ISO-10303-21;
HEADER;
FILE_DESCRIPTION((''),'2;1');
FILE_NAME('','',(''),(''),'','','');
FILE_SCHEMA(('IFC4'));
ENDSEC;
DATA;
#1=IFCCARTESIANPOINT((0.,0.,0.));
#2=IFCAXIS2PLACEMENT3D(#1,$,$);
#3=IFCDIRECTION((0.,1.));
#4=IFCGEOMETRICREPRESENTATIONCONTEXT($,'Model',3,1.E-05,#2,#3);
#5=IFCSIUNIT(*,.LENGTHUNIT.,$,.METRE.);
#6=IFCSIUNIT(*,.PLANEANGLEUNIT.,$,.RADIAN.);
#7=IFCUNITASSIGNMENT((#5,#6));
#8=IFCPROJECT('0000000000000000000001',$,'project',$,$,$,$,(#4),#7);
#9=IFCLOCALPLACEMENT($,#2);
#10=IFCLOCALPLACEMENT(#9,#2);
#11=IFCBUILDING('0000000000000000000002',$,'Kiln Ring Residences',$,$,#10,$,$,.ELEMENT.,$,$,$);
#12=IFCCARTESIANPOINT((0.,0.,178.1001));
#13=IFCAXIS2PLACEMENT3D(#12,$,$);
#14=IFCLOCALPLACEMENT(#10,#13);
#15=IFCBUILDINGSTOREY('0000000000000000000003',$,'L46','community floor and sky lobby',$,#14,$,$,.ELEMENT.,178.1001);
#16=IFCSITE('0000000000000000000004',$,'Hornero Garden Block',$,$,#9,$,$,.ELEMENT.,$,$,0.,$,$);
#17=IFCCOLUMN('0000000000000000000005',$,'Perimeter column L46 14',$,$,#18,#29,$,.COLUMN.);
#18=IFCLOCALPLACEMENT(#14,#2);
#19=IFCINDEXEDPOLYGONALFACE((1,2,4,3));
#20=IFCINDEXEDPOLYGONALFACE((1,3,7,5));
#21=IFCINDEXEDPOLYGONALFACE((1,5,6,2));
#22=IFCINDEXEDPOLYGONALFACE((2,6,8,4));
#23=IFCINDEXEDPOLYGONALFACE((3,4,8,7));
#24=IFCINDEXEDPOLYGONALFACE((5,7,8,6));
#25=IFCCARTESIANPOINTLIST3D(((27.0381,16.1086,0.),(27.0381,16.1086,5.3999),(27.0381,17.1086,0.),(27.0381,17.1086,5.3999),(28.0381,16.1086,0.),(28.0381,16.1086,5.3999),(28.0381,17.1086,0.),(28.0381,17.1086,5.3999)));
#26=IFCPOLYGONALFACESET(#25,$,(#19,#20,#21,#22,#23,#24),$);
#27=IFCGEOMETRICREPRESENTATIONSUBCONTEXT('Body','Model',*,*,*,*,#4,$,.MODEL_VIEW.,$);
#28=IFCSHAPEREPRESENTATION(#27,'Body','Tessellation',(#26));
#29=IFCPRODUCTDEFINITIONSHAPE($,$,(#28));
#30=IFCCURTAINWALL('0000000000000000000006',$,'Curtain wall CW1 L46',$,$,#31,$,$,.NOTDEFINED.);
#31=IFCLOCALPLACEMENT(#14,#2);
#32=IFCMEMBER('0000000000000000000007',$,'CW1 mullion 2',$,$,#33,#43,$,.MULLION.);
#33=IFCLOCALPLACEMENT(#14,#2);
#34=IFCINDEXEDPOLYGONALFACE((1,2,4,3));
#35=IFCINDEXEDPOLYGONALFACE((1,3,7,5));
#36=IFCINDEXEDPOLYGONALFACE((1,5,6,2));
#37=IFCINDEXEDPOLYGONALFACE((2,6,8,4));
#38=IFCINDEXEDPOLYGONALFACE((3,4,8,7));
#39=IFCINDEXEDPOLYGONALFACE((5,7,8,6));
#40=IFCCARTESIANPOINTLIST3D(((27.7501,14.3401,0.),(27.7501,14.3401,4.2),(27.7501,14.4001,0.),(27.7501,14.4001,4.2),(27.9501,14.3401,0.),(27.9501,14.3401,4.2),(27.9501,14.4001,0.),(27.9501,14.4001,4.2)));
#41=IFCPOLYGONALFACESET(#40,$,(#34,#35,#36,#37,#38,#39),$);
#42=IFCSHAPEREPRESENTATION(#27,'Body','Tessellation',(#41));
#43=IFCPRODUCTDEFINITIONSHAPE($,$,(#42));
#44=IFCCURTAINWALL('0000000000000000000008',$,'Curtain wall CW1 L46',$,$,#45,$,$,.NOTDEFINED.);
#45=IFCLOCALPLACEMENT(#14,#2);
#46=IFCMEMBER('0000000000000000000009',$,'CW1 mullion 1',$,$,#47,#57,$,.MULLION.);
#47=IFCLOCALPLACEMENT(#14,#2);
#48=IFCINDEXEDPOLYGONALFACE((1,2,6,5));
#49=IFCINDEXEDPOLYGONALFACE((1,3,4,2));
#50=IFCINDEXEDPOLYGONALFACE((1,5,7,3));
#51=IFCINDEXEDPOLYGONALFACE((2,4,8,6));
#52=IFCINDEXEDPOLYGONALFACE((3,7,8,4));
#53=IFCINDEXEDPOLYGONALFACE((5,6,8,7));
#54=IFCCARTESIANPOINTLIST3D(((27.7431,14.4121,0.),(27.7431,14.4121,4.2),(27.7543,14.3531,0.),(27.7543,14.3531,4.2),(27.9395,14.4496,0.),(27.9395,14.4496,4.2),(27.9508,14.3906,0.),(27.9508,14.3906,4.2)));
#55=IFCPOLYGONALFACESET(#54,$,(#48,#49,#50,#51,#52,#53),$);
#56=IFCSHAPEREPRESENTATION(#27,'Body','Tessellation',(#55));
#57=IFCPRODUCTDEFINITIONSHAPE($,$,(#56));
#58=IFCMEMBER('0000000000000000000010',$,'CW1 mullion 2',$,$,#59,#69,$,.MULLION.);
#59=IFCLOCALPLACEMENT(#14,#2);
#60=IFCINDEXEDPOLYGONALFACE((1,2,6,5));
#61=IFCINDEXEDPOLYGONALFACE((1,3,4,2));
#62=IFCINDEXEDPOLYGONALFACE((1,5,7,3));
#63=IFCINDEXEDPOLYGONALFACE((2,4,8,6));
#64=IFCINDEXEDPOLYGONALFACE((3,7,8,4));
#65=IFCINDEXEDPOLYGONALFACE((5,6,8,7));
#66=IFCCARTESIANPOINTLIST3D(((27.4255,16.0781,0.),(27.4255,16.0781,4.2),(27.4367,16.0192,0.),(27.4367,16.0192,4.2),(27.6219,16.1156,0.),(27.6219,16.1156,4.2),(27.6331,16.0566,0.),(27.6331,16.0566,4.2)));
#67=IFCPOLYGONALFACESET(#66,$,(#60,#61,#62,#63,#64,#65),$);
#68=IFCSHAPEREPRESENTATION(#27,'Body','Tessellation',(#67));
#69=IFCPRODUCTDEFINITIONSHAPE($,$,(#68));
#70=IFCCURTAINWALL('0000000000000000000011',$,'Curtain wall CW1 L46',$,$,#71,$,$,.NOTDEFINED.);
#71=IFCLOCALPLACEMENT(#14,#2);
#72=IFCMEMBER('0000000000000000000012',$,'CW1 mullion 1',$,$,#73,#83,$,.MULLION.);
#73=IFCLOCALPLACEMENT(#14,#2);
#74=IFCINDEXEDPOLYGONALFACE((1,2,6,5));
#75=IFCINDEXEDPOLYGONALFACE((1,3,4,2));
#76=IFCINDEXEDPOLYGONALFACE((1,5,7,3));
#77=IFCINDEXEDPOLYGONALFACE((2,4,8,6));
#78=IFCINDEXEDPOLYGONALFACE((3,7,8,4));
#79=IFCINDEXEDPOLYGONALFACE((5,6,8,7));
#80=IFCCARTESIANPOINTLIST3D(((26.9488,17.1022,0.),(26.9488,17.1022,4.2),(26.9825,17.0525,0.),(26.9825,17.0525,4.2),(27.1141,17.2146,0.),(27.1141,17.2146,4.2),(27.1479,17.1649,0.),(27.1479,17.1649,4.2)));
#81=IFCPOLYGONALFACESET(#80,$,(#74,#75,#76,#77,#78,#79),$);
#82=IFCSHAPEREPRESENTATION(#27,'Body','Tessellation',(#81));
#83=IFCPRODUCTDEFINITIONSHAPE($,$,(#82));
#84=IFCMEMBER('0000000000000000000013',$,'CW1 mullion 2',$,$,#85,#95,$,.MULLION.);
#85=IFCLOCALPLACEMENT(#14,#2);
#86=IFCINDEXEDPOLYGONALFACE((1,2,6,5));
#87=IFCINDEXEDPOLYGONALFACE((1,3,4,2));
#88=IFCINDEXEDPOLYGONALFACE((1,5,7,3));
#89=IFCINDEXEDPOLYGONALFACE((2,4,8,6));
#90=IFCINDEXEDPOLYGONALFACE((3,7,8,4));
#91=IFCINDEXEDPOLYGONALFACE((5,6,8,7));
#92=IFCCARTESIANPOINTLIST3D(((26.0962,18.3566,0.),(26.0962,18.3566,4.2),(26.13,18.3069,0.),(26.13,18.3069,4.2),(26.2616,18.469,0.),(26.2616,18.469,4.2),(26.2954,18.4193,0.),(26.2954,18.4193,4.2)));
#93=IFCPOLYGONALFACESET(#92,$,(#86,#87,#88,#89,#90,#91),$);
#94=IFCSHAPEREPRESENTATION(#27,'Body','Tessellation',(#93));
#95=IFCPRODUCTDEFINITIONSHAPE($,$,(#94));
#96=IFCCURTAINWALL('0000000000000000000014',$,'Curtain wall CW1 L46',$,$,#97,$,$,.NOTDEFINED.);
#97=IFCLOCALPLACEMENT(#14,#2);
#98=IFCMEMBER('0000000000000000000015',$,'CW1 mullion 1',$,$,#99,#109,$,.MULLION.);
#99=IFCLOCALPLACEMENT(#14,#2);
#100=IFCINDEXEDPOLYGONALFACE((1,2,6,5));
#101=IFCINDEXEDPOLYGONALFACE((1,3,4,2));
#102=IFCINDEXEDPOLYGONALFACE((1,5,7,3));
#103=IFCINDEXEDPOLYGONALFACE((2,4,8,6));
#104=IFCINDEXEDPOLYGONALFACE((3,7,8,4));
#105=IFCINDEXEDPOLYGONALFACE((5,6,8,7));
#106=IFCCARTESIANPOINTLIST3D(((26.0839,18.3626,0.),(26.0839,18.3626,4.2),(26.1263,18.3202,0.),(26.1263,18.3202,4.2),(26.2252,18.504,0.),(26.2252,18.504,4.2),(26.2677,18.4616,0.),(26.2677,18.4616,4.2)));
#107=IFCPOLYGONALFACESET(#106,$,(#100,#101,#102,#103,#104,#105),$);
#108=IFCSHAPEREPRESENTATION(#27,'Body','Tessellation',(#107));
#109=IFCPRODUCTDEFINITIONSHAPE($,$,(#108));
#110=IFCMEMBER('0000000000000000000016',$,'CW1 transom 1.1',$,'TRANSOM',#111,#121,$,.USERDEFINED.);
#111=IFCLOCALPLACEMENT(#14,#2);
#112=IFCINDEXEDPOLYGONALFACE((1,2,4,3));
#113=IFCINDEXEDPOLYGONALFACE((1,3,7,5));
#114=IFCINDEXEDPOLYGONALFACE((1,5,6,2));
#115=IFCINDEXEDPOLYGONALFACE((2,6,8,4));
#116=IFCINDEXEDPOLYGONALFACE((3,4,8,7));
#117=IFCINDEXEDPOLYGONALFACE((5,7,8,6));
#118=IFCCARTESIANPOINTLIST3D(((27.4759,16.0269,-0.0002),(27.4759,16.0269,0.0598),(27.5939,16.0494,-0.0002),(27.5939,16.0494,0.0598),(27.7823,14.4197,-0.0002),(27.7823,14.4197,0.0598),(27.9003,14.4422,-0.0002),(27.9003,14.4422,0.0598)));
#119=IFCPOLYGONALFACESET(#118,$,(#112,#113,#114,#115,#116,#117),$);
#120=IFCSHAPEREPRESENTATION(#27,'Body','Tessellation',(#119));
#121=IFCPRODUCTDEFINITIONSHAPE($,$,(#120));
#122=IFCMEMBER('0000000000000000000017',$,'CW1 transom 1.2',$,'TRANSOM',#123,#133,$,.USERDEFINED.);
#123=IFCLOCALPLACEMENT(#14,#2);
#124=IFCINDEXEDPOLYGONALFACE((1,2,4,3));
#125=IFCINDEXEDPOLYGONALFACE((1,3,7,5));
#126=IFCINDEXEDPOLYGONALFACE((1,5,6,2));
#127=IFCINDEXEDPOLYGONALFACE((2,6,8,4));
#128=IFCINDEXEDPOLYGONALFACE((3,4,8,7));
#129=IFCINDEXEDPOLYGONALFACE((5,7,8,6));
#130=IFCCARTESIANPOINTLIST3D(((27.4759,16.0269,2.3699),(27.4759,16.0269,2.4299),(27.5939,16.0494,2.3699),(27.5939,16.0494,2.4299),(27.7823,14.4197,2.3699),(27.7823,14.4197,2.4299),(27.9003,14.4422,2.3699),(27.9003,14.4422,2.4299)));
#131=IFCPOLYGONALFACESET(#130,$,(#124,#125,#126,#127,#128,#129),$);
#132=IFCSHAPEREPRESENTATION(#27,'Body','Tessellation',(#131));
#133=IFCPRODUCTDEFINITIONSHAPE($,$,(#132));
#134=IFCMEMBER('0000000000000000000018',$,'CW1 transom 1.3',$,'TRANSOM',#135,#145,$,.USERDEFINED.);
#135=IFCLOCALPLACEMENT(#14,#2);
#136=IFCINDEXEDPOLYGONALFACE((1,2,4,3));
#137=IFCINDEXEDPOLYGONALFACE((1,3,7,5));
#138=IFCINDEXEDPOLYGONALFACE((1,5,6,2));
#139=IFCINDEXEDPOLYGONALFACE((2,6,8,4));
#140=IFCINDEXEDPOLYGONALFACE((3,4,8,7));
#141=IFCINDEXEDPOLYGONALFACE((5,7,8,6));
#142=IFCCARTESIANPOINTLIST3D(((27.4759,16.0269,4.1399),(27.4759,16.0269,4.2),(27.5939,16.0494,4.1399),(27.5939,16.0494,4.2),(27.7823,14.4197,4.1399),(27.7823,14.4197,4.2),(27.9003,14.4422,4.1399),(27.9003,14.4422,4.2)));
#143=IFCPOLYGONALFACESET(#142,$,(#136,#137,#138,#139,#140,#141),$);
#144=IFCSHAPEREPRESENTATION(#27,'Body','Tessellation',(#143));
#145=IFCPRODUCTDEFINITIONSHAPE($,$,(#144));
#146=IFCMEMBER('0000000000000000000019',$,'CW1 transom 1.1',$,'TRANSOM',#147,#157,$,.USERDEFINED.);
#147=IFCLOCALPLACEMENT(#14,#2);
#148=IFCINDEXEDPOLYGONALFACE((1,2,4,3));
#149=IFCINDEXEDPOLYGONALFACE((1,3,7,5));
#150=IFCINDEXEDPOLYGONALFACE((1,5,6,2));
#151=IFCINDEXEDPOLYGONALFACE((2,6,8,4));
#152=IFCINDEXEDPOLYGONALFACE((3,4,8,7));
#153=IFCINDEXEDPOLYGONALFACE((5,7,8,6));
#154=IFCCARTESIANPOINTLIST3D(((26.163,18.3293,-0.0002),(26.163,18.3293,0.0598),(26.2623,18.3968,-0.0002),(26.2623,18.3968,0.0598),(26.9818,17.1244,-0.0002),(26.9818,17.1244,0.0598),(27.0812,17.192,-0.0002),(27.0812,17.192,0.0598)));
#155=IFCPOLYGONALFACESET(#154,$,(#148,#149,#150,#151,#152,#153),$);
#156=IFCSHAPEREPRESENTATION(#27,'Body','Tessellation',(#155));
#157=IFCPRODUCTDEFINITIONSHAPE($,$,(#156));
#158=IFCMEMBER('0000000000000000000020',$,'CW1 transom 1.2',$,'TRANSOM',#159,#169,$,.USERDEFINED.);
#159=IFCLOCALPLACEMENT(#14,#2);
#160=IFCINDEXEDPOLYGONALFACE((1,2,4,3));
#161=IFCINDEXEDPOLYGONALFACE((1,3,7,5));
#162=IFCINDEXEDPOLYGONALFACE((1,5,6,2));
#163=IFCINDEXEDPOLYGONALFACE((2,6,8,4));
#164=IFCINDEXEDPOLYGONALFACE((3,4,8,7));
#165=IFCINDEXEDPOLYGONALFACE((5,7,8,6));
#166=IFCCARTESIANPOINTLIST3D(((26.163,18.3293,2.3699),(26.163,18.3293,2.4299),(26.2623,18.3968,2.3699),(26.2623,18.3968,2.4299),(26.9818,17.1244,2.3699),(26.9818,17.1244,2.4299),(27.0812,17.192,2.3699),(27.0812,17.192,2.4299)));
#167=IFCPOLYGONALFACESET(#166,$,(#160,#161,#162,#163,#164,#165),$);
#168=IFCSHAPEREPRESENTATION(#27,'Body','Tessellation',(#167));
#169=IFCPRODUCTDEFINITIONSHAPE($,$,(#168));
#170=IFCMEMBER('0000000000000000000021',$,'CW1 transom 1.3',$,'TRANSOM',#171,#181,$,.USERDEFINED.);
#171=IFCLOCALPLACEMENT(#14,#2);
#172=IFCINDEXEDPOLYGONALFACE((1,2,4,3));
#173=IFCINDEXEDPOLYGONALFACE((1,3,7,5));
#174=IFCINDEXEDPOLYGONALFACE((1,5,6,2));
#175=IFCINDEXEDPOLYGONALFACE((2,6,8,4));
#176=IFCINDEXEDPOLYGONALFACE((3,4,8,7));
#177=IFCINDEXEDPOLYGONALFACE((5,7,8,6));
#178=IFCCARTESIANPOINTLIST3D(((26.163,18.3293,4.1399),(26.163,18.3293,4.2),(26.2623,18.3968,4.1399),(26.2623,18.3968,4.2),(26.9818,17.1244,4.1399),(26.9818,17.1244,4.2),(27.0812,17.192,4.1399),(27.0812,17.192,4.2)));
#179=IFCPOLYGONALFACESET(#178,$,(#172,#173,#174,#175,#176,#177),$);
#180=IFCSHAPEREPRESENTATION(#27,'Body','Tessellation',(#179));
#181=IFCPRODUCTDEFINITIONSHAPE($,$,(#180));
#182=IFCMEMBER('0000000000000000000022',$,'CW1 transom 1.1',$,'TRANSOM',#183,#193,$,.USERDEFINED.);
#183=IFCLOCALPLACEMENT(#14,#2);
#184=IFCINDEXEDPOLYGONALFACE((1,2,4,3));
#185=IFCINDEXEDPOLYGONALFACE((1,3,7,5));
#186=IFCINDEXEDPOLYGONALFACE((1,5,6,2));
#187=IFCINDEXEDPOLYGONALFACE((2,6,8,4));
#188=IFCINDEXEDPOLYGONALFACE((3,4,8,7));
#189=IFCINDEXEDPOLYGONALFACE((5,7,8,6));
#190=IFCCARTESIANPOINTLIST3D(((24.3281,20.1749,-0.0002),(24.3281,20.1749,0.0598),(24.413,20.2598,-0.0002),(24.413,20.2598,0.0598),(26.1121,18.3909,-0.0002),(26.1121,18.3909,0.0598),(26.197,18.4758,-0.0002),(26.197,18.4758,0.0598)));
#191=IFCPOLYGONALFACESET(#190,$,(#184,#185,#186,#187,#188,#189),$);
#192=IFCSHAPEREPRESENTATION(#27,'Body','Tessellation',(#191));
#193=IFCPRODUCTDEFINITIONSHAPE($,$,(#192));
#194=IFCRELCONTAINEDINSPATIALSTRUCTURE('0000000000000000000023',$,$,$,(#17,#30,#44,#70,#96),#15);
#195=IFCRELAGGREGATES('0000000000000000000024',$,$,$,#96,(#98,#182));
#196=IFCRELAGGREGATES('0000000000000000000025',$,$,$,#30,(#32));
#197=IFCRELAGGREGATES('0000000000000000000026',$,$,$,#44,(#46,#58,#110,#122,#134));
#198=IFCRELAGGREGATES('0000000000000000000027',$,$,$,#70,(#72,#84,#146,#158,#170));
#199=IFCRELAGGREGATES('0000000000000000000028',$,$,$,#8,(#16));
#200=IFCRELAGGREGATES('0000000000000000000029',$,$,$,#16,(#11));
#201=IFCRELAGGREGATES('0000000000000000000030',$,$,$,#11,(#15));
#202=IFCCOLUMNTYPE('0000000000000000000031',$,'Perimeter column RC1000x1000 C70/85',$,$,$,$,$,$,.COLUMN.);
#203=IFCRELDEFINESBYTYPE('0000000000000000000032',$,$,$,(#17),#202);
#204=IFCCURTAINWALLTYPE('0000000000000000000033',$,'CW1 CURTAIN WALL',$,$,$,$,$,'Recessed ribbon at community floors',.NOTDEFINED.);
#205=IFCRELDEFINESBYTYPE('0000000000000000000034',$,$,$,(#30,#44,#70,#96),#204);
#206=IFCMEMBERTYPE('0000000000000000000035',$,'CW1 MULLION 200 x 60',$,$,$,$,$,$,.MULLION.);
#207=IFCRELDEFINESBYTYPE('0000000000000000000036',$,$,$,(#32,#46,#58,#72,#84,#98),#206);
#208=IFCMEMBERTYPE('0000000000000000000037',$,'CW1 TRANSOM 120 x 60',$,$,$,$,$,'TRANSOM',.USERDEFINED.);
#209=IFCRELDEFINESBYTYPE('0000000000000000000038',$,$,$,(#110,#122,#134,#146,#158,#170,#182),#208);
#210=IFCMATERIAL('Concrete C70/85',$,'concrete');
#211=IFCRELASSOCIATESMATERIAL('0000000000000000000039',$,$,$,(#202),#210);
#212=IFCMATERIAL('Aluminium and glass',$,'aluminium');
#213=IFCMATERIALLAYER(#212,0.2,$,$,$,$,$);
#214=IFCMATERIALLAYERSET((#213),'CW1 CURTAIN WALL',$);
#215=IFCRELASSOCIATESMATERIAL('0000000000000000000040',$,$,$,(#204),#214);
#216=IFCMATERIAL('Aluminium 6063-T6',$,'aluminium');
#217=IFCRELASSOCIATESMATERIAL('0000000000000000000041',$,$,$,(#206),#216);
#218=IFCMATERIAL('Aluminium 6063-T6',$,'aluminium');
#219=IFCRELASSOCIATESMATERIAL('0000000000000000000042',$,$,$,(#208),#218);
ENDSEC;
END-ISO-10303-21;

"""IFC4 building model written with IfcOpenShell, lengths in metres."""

from ifc_helpers import new_model, si_unit, direction, frame, origin, origin_2d, place, context, subcontext, project, spatial, rectangle, extrude, material, layer, layer_set, material_profile, profile_set, type_object, element, aggregate, save


model = new_model("IFC4")

# Units and contexts
model_context = context("Model", 3, precision=1e-05, world=origin(), true_north=direction((0.0, 1.0)))
body_context = subcontext(model_context, "Body", "Model", "MODEL_VIEW")
ifc_project = project(units=[si_unit("LENGTHUNIT", "METRE"), si_unit("PLANEANGLEUNIT", "RADIAN")], contexts=[model_context])

# Site, building, storey
site_placement = place(None, origin())
site = spatial("IfcSite", under=ifc_project, at=site_placement, Name="Hornero Garden Block", CompositionType="ELEMENT", RefElevation=0.0)
building_placement = place(site_placement, origin())
building = spatial("IfcBuilding", under=site, at=building_placement, Name="Kiln Ring Residences", CompositionType="ELEMENT")
storey_placement = place(building_placement, frame((0.0, 0.0, 178.1001)))
storey = spatial("IfcBuildingStorey", under=building, at=storey_placement, Name="L46", Description="community floor and sky lobby", CompositionType="ELEMENT", Elevation=178.1001)

# Column
ifc_material_1 = material(Name="Concrete C70/85", Category="concrete")
ifc_material_profile_1 = material_profile(ifc_material_1, rectangle(XDim=1.0, YDim=1.0, at=origin_2d()), Name="RC1000x1000")
ifc_profile_set_1 = profile_set([ifc_material_profile_1], Name="Concrete C70/85")
column_type = type_object("IfcColumnType", Name="Perimeter column RC1000x1000 C70/85", PredefinedType="COLUMN", material=ifc_profile_set_1)
column_placement = place(storey_placement, frame((27.5381, 16.6086, 0.0), z_axis=(0.0, 0.0, 1.0), x_axis=(1.0, 0.0, 0.0)))
element("IfcColumn", 1, at=column_placement, inside=storey, type_object=column_type, Name="Perimeter column L46 14", PredefinedType="COLUMN", context=body_context, shape_type="SweptSolid", body=[
    extrude(rectangle(XDim=1.0, YDim=1.0, at=origin_2d()), origin(), (0.0, 0.0, 1.0), 5.3999),
])

# Curtain wall, member
ifc_material_2 = material(Name="Aluminium and glass", Category="aluminium")
ifc_layer_1 = layer(ifc_material_2, 0.2)
ifc_layer_set_1 = layer_set([ifc_layer_1], Name="CW1 CURTAIN WALL")
curtain_wall_type = type_object("IfcCurtainWallType", Name="CW1 CURTAIN WALL", ElementType="Recessed ribbon at community floors", PredefinedType="NOTDEFINED", material=ifc_layer_set_1)
placement = place(storey_placement, origin())
curtain_wall_1 = element("IfcCurtainWall", 2, at=placement, inside=storey, type_object=curtain_wall_type, Name="Curtain wall CW1 L46", PredefinedType="NOTDEFINED")
ifc_material_3 = material(Name="Aluminium 6063-T6", Category="aluminium")
ifc_material_profile_2 = material_profile(ifc_material_3, rectangle(XDim=0.2, YDim=0.0601, at=origin_2d()), Name="AL 200x60")
ifc_profile_set_2 = profile_set([ifc_material_profile_2], Name="Aluminium 6063-T6")
member_type_1 = type_object("IfcMemberType", Name="CW1 MULLION 200 x 60", PredefinedType="MULLION", material=ifc_profile_set_2)
member_1_placement = place(storey_placement, frame((27.8501, 14.3701, 0.0), z_axis=(0.0, 0.0, 1.0), x_axis=(-1.0, 0.0, 0.0)))
member_1 = element("IfcMember", 3, at=member_1_placement, type_object=member_type_1, Name="CW1 mullion 2", PredefinedType="MULLION", context=body_context, shape_type="SweptSolid", body=[
    extrude(rectangle(XDim=0.2, YDim=0.0601, at=origin_2d()), origin(), (0.0, 0.0, 1.0), 4.2),
])

# Curtain walls, members
curtain_wall_2 = element("IfcCurtainWall", 4, at=placement, inside=storey, type_object=curtain_wall_type, Name="Curtain wall CW1 L46", PredefinedType="NOTDEFINED")
member_2_placement = place(storey_placement, frame((27.8469, 14.4014, 0.0), z_axis=(0.0, 0.0, 1.0), x_axis=(-0.98229, -0.187366, 0.0)))
member_2 = element("IfcMember", 5, at=member_2_placement, type_object=member_type_1, Name="CW1 mullion 1", PredefinedType="MULLION", context=body_context, shape_type="SweptSolid", body=[
    extrude(rectangle(XDim=0.2, YDim=0.0601, at=origin_2d()), origin(), (0.0, 0.0, 1.0), 4.2),
])
member_3_placement = place(storey_placement, frame((27.5293, 16.0674, 0.0), z_axis=(0.0, 0.0, 1.0), x_axis=(-0.98229, -0.187366, 0.0)))
member_3 = element("IfcMember", 6, at=member_3_placement, type_object=member_type_1, Name="CW1 mullion 2", PredefinedType="MULLION", context=body_context, shape_type="SweptSolid", body=[
    extrude(rectangle(XDim=0.2, YDim=0.0601, at=origin_2d()), origin(), (0.0, 0.0, 1.0), 4.2),
])
curtain_wall_3 = element("IfcCurtainWall", 7, at=placement, inside=storey, type_object=curtain_wall_type, Name="Curtain wall CW1 L46", PredefinedType="NOTDEFINED")
member_4_placement = place(storey_placement, frame((27.0483, 17.1335, 0.0), z_axis=(0.0, 0.0, 1.0), x_axis=(-0.827072, -0.562097, 0.0)))
member_4 = element("IfcMember", 8, at=member_4_placement, type_object=member_type_1, Name="CW1 mullion 1", PredefinedType="MULLION", context=body_context, shape_type="SweptSolid", body=[
    extrude(rectangle(XDim=0.2, YDim=0.0601, at=origin_2d()), origin(), (0.0, 0.0, 1.0), 4.2),
])
member_5_placement = place(storey_placement, frame((26.1958, 18.3879, 0.0), z_axis=(0.0, 0.0, 1.0), x_axis=(-0.827072, -0.562097, 0.0)))
member_5 = element("IfcMember", 9, at=member_5_placement, type_object=member_type_1, Name="CW1 mullion 2", PredefinedType="MULLION", context=body_context, shape_type="SweptSolid", body=[
    extrude(rectangle(XDim=0.2, YDim=0.0601, at=origin_2d()), origin(), (0.0, 0.0, 1.0), 4.2),
])

# Curtain wall, member
curtain_wall_4 = element("IfcCurtainWall", 10, at=placement, inside=storey, type_object=curtain_wall_type, Name="Curtain wall CW1 L46", PredefinedType="NOTDEFINED")
member_6_placement = place(storey_placement, frame((26.1758, 18.4121, 0.0), z_axis=(0.0, 0.0, 1.0), x_axis=(-0.707107, -0.707107, 0.0)))
member_6 = element("IfcMember", 11, at=member_6_placement, type_object=member_type_1, Name="CW1 mullion 1", PredefinedType="MULLION", context=body_context, shape_type="SweptSolid", body=[
    extrude(rectangle(XDim=0.2, YDim=0.0601, at=origin_2d()), origin(), (0.0, 0.0, 1.0), 4.2),
])

# Members
ifc_material_4 = material(Name="Aluminium 6063-T6", Category="aluminium")
ifc_material_profile_3 = material_profile(ifc_material_4, rectangle(XDim=0.1201, YDim=0.0601, at=origin_2d()), Name="AL 120x60")
ifc_profile_set_3 = profile_set([ifc_material_profile_3], Name="Aluminium 6063-T6")
member_type_2 = type_object("IfcMemberType", Name="CW1 TRANSOM 120 x 60", ElementType="TRANSOM", PredefinedType="USERDEFINED", material=ifc_profile_set_3)
member_7_placement = place(storey_placement, frame((27.8413, 14.4309, 0.0298), z_axis=(-0.18727, 0.982309, 0.0), x_axis=(-0.982309, -0.18727, 0.0)))
member_7 = element("IfcMember", 12, at=member_7_placement, type_object=member_type_2, Name="CW1 transom 1.1", ObjectType="TRANSOM", PredefinedType="USERDEFINED", context=body_context, shape_type="SweptSolid", body=[
    extrude(rectangle(XDim=0.1201, YDim=0.0601, at=origin_2d()), origin(), (0.0, 0.0, 1.0), 1.6362),
])
member_8_placement = place(storey_placement, frame((27.8413, 14.4309, 2.3999), z_axis=(-0.18727, 0.982309, 0.0), x_axis=(-0.982309, -0.18727, 0.0)))
member_8 = element("IfcMember", 13, at=member_8_placement, type_object=member_type_2, Name="CW1 transom 1.2", ObjectType="TRANSOM", PredefinedType="USERDEFINED", context=body_context, shape_type="SweptSolid", body=[
    extrude(rectangle(XDim=0.1201, YDim=0.0601, at=origin_2d()), origin(), (0.0, 0.0, 1.0), 1.6362),
])
member_9_placement = place(storey_placement, frame((27.8413, 14.4309, 4.1699), z_axis=(-0.18727, 0.982309, 0.0), x_axis=(-0.982309, -0.18727, 0.0)))
member_9 = element("IfcMember", 14, at=member_9_placement, type_object=member_type_2, Name="CW1 transom 1.3", ObjectType="TRANSOM", PredefinedType="USERDEFINED", context=body_context, shape_type="SweptSolid", body=[
    extrude(rectangle(XDim=0.1201, YDim=0.0601, at=origin_2d()), origin(), (0.0, 0.0, 1.0), 1.6362),
])
member_10_placement = place(storey_placement, frame((27.0315, 17.1582, 0.0298), z_axis=(-0.562104, 0.827067, 0.0), x_axis=(-0.827067, -0.562104, 0.0)))
member_10 = element("IfcMember", 15, at=member_10_placement, type_object=member_type_2, Name="CW1 transom 1.1", ObjectType="TRANSOM", PredefinedType="USERDEFINED", context=body_context, shape_type="SweptSolid", body=[
    extrude(rectangle(XDim=0.1201, YDim=0.0601, at=origin_2d()), origin(), (0.0, 0.0, 1.0), 1.4568),
])
member_11_placement = place(storey_placement, frame((27.0315, 17.1582, 2.3999), z_axis=(-0.562104, 0.827067, 0.0), x_axis=(-0.827067, -0.562104, 0.0)))
member_11 = element("IfcMember", 16, at=member_11_placement, type_object=member_type_2, Name="CW1 transom 1.2", ObjectType="TRANSOM", PredefinedType="USERDEFINED", context=body_context, shape_type="SweptSolid", body=[
    extrude(rectangle(XDim=0.1201, YDim=0.0601, at=origin_2d()), origin(), (0.0, 0.0, 1.0), 1.4568),
])
member_12_placement = place(storey_placement, frame((27.0315, 17.1582, 4.1699), z_axis=(-0.562104, 0.827067, 0.0), x_axis=(-0.827067, -0.562104, 0.0)))
member_12 = element("IfcMember", 17, at=member_12_placement, type_object=member_type_2, Name="CW1 transom 1.3", ObjectType="TRANSOM", PredefinedType="USERDEFINED", context=body_context, shape_type="SweptSolid", body=[
    extrude(rectangle(XDim=0.1201, YDim=0.0601, at=origin_2d()), origin(), (0.0, 0.0, 1.0), 1.4568),
])
member_13_placement = place(storey_placement, frame((26.1545, 18.4333, 0.0298), z_axis=(-0.707107, 0.707107, 0.0), x_axis=(-0.707107, -0.707107, 0.0)))
member_13 = element("IfcMember", 18, at=member_13_placement, type_object=member_type_2, Name="CW1 transom 1.1", ObjectType="TRANSOM", PredefinedType="USERDEFINED", context=body_context, shape_type="SweptSolid", body=[
    extrude(rectangle(XDim=0.1201, YDim=0.0601, at=origin_2d()), origin(), (0.0, 0.0, 1.0), 2.5229),
])
aggregate(curtain_wall_4, [member_6, member_13])

aggregate(curtain_wall_1, [member_1])
aggregate(curtain_wall_2, [member_2, member_3, member_7, member_8, member_9])
aggregate(curtain_wall_3, [member_4, member_5, member_10, member_11, member_12])

save(model, "model.ifc")
